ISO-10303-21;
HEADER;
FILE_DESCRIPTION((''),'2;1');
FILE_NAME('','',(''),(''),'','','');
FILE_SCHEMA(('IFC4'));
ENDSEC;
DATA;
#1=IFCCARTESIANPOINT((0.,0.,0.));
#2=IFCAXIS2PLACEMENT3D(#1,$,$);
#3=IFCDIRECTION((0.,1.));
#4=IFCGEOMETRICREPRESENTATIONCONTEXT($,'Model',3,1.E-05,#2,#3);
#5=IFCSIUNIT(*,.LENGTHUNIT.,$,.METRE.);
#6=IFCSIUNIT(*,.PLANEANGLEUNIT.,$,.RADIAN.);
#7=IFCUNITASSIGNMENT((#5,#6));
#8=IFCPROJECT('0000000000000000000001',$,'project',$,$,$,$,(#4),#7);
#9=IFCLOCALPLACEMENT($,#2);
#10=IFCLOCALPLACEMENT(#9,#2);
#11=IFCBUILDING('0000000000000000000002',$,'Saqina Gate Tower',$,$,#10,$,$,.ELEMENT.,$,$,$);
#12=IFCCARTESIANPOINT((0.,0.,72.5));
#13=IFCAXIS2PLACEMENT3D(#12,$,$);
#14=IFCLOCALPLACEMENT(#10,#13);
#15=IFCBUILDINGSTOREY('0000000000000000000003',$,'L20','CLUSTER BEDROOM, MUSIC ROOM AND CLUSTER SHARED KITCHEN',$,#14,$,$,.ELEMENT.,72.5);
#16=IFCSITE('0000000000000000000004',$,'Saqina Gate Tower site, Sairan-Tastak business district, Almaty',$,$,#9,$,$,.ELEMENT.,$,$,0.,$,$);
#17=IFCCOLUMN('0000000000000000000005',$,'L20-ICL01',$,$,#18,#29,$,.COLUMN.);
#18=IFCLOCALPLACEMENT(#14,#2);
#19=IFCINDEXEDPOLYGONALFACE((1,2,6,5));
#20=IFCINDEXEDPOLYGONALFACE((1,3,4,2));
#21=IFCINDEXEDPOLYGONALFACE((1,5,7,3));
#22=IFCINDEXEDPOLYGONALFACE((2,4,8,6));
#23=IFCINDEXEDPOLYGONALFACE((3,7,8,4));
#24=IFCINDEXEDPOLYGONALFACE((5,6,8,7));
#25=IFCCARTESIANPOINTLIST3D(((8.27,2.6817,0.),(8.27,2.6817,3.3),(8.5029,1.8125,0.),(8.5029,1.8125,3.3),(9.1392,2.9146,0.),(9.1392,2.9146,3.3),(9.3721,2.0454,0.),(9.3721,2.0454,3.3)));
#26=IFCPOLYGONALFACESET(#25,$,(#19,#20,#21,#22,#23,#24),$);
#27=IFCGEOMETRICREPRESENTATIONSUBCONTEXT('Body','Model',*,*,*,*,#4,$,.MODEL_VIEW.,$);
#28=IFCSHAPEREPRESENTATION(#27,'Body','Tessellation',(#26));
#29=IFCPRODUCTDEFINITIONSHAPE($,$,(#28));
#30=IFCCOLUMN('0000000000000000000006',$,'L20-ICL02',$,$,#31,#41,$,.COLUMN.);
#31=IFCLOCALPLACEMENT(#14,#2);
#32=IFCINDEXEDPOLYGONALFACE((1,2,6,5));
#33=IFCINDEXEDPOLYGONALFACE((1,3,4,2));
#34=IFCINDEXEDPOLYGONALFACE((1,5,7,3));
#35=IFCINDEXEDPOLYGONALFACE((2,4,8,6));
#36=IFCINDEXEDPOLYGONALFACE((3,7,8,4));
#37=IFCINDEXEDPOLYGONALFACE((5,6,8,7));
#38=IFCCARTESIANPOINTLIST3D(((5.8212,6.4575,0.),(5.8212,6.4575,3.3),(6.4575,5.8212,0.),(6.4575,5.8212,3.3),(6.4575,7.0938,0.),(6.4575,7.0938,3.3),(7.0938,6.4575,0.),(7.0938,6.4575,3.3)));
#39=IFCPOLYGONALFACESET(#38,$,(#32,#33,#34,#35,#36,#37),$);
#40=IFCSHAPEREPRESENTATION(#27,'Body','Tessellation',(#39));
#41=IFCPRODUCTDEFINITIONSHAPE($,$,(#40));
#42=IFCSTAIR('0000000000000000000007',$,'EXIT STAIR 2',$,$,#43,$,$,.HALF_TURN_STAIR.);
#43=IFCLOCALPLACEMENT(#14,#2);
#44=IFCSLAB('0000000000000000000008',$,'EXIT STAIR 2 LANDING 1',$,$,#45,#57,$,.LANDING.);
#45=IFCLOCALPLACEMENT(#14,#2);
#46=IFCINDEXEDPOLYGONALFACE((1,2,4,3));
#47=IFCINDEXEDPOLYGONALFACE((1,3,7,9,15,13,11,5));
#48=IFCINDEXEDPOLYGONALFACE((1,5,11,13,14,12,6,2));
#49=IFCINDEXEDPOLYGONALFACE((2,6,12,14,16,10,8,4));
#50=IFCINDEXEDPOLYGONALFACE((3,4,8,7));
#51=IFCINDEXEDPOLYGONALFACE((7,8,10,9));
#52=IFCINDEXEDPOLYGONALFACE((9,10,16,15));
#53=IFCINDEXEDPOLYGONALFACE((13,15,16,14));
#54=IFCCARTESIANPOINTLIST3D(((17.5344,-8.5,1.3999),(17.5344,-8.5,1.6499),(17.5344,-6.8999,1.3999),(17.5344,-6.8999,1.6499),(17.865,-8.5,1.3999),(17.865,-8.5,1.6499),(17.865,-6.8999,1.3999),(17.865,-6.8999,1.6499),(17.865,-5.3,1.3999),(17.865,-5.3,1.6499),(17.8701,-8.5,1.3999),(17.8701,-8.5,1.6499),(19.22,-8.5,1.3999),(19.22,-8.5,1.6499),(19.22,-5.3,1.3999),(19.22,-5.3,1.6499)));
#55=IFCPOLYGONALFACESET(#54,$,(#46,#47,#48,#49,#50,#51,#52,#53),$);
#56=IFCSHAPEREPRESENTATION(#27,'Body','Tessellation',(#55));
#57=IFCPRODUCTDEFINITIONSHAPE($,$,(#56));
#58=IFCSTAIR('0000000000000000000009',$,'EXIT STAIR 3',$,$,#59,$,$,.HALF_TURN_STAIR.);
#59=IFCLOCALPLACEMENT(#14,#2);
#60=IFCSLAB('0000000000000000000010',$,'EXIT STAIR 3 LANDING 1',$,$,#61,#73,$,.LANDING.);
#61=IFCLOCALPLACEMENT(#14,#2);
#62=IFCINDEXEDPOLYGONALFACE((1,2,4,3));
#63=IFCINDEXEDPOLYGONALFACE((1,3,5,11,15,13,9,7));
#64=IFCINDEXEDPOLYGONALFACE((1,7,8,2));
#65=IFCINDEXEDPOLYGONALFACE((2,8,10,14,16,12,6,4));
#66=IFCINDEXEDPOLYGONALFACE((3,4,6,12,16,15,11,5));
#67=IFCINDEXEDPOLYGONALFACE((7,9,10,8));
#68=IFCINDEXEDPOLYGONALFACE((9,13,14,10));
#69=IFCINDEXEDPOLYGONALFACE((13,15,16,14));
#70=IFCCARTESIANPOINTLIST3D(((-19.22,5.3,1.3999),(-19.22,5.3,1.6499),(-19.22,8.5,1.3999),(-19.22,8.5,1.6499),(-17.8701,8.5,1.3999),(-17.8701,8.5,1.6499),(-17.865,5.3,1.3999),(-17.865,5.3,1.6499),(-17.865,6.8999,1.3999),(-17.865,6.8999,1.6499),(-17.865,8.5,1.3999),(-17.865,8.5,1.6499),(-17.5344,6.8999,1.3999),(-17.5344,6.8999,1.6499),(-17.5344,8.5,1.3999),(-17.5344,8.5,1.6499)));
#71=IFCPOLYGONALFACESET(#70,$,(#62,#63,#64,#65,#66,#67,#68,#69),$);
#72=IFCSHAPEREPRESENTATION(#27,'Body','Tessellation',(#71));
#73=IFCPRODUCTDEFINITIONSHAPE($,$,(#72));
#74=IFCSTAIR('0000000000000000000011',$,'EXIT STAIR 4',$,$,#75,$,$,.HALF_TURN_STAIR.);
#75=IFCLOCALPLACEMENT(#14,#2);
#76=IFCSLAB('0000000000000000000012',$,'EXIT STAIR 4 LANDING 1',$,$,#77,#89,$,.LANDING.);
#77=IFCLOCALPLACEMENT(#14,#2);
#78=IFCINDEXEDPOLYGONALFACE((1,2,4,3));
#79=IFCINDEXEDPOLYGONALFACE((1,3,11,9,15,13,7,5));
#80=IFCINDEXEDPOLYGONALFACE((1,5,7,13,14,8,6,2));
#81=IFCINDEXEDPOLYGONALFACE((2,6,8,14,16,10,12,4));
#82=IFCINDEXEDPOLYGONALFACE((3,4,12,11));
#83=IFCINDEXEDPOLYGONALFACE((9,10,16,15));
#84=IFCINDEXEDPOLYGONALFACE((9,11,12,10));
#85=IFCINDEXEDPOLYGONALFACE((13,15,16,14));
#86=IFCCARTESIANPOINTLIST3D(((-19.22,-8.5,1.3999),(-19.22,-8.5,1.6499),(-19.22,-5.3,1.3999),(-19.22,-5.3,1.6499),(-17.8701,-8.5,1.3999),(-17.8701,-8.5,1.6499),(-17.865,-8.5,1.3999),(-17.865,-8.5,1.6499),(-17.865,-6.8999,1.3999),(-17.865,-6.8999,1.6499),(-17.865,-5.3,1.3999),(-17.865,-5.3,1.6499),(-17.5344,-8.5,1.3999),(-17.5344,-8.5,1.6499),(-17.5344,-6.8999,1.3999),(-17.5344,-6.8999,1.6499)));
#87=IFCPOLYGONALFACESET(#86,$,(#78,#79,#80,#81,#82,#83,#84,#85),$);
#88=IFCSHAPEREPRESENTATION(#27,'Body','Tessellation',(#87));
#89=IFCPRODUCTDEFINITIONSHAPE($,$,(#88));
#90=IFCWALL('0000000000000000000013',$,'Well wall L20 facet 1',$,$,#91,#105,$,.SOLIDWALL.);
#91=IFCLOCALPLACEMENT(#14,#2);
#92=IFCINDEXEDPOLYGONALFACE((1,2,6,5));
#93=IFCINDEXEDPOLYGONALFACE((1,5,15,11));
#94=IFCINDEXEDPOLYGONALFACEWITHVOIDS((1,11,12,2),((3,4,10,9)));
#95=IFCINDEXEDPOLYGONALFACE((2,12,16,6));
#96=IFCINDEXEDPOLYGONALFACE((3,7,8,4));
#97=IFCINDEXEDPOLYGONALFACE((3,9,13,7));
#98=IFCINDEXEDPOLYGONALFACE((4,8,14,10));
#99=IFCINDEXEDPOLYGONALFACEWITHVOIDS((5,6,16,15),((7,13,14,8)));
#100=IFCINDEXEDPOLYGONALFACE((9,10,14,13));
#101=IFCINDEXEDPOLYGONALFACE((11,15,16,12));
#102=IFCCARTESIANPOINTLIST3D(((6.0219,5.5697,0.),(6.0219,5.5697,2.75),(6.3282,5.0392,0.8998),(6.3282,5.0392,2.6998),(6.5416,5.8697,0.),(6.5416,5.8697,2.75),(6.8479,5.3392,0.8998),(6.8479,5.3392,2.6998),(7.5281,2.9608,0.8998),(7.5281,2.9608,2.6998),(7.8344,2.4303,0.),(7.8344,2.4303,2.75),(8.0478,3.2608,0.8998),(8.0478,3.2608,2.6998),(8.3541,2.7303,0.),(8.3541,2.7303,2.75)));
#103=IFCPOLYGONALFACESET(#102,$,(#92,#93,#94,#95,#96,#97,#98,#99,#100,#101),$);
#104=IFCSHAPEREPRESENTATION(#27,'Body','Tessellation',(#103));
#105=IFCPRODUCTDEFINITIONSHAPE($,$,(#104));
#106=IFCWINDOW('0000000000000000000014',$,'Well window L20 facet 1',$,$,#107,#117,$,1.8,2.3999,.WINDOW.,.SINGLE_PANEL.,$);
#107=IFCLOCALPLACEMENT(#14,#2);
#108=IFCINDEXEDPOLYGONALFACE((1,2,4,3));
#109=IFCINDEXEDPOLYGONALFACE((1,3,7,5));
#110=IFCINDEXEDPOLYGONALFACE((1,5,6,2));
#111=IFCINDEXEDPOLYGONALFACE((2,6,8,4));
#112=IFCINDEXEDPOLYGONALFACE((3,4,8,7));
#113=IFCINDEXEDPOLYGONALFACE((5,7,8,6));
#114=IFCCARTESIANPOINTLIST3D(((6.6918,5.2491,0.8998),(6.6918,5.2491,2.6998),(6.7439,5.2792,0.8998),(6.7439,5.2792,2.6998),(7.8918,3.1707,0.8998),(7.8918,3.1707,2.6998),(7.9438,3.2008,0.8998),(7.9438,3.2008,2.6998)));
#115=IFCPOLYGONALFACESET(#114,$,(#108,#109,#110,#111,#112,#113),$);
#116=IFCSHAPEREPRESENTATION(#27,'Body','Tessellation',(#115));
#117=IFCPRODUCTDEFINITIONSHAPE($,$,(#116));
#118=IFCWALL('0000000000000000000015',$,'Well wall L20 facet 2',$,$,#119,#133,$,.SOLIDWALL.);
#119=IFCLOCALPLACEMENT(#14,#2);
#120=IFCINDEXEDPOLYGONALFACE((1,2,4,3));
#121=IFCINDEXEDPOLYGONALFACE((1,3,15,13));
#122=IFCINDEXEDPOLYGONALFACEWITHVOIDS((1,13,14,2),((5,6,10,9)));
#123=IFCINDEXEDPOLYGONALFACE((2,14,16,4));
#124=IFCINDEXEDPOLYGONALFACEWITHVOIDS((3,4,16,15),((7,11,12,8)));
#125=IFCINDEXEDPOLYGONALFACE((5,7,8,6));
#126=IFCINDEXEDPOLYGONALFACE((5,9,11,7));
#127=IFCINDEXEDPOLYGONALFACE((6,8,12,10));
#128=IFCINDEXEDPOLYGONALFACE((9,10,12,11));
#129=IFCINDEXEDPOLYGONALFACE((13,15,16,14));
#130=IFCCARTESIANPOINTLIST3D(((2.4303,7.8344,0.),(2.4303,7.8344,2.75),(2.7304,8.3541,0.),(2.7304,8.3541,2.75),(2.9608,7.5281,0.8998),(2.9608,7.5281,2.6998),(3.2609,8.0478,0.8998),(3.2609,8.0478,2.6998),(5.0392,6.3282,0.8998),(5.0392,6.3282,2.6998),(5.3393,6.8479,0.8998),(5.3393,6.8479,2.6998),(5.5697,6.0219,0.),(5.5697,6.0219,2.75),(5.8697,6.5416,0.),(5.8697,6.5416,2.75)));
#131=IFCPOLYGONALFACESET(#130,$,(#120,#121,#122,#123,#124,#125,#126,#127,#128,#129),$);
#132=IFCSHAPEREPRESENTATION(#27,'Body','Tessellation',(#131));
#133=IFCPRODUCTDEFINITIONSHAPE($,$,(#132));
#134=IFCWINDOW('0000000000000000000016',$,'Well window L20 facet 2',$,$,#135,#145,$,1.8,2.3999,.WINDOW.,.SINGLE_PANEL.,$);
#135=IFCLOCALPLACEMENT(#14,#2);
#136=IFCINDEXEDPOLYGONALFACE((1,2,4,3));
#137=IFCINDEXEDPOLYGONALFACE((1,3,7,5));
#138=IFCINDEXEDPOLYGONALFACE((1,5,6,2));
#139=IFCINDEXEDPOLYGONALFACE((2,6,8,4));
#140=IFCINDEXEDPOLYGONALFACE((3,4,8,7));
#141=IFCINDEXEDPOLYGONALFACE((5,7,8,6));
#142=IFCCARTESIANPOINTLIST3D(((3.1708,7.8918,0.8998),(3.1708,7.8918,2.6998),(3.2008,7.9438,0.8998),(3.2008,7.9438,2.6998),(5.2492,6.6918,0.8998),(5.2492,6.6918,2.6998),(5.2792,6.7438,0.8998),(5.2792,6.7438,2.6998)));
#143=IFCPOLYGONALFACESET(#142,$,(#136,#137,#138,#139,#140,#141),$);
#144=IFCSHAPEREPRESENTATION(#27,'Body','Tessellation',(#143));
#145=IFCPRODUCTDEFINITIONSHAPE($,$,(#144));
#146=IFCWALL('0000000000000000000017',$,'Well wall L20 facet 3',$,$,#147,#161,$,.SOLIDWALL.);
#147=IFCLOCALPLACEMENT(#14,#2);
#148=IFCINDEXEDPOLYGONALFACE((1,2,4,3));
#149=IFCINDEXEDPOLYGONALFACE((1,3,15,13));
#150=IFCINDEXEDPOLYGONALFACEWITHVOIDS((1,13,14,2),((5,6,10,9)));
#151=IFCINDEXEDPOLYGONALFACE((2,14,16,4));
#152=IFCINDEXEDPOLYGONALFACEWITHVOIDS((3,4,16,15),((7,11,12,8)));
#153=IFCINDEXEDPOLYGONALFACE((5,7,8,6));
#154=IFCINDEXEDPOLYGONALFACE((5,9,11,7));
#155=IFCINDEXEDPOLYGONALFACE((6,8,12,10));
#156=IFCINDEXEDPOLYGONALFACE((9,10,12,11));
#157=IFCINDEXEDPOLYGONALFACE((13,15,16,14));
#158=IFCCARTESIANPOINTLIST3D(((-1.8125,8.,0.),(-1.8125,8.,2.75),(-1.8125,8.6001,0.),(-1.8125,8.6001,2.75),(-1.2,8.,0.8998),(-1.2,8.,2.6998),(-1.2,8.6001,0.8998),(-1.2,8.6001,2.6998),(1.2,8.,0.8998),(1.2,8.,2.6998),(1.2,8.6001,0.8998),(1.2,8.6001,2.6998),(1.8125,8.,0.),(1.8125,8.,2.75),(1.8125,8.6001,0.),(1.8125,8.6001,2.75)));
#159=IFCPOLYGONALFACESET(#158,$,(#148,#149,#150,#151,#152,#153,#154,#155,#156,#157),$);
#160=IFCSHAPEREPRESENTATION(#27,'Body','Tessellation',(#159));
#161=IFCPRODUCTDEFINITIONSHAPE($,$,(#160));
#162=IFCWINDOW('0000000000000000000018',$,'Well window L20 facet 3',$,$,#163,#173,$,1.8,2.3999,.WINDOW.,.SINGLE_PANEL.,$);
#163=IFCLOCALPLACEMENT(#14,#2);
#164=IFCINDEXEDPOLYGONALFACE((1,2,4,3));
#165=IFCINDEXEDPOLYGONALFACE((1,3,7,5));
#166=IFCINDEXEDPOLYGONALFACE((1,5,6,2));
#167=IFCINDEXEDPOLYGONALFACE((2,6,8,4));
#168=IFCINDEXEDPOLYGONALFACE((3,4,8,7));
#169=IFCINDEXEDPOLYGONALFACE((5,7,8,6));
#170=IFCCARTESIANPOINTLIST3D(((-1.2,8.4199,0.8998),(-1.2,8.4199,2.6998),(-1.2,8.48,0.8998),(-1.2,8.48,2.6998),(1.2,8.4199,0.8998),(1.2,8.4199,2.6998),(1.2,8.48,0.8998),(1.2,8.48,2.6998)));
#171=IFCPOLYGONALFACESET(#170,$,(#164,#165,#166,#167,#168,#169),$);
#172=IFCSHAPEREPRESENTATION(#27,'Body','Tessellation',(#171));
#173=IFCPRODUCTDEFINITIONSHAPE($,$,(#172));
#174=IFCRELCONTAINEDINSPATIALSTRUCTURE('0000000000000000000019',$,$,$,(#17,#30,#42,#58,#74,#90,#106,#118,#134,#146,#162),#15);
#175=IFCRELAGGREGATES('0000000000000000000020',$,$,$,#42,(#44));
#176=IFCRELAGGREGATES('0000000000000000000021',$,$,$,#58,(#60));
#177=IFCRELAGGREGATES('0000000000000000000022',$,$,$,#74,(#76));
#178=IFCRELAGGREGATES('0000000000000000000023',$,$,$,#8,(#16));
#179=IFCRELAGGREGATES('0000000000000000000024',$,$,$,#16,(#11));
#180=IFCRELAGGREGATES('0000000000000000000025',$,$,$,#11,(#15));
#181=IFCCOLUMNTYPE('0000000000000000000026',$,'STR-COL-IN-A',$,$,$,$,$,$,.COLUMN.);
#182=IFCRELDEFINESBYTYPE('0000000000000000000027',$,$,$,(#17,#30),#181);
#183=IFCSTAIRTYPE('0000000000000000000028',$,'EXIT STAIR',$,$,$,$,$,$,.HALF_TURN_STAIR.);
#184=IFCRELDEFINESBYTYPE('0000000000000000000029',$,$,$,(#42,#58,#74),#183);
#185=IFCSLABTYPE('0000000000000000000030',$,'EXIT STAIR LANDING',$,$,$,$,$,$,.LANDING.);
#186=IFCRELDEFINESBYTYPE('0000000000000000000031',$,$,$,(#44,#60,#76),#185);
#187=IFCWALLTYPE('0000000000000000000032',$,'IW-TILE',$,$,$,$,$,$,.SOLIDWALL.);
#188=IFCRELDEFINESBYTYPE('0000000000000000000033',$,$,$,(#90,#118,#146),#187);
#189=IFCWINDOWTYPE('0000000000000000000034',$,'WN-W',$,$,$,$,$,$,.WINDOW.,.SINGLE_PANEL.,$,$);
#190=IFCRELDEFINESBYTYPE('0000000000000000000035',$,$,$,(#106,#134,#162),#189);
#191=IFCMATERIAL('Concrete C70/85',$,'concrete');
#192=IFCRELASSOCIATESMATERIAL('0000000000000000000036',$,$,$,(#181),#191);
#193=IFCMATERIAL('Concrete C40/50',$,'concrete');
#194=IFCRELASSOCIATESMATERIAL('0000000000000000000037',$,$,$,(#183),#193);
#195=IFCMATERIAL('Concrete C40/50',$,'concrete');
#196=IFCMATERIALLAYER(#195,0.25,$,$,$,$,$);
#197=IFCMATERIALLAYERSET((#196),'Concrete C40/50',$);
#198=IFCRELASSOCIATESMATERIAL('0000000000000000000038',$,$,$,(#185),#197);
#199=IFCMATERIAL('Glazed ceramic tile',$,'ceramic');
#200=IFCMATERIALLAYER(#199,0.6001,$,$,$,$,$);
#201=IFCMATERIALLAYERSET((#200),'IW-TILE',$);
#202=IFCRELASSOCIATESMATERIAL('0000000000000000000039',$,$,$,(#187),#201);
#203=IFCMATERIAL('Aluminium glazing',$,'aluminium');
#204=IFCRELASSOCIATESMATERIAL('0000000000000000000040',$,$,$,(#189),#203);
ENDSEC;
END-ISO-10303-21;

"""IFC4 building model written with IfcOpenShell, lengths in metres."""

from ifc_helpers import new_model, si_unit, direction, frame, frame_2d, origin, origin_2d, place, context, subcontext, project, spatial, polyline, rectangle, outline, extrude, material, layer, layer_set, material_profile, profile_set, type_object, element, fill, aggregate, save


model = new_model("IFC4")

# Units and contexts
model_context = context("Model", 3, precision=1e-05, world=origin(), true_north=direction((0.0, 1.0)))
body_context = subcontext(model_context, "Body", "Model", "MODEL_VIEW")
ifc_project = project(units=[si_unit("LENGTHUNIT", "METRE"), si_unit("PLANEANGLEUNIT", "RADIAN")], contexts=[model_context])

# Site, building, storey
site_placement = place(None, origin())
site = spatial("IfcSite", under=ifc_project, at=site_placement, Name="Saqina Gate Tower site, Sairan-Tastak business district, Almaty", CompositionType="ELEMENT", RefElevation=0.0)
building_placement = place(site_placement, origin())
building = spatial("IfcBuilding", under=site, at=building_placement, Name="Saqina Gate Tower", CompositionType="ELEMENT")
storey_placement = place(building_placement, frame((0.0, 0.0, 72.5)))
storey = spatial("IfcBuildingStorey", under=building, at=storey_placement, Name="L20", Description="CLUSTER BEDROOM, MUSIC ROOM AND CLUSTER SHARED KITCHEN", CompositionType="ELEMENT", Elevation=72.5)

# Columns
ifc_material_1 = material(Name="Concrete C70/85", Category="concrete")
ifc_material_profile = material_profile(ifc_material_1, rectangle(XDim=0.8999, YDim=0.8999, at=origin_2d()), Name="RC 900x900")
ifc_profile_set = profile_set([ifc_material_profile], Name="Concrete C70/85")
column_type = type_object("IfcColumnType", Name="STR-COL-IN-A", PredefinedType="COLUMN", material=ifc_profile_set)
for number, where, z_axis, x_axis, name in (
    (1, (8.821, 2.3635, 0.0), (0.0, 0.0, 1.0), (0.965926, 0.258819, 0.0), "L20-ICL01"),
    (2, (6.4575, 6.4575, 0.0), (0.0, 0.0, 1.0), (0.707107, 0.707107, 0.0), "L20-ICL02"),
):
    element("IfcColumn", number, at=place(storey_placement, frame(where, z_axis=z_axis, x_axis=x_axis)), inside=storey, type_object=column_type, Name=name, PredefinedType="COLUMN", context=body_context, shape_type="SweptSolid", body=[
        extrude(rectangle(XDim=0.8999, YDim=0.8999, at=origin_2d()), origin(), (0.0, 0.0, 1.0), 3.3),
    ])

# Stairs, slabs
ifc_material_2 = material(Name="Concrete C40/50", Category="concrete")
stair_type = type_object("IfcStairType", Name="EXIT STAIR", PredefinedType="HALF_TURN_STAIR", material=ifc_material_2)
stair_1_placement = place(storey_placement, origin())
stair_1 = element("IfcStair", 3, at=stair_1_placement, inside=storey, type_object=stair_type, Name="EXIT STAIR 2", PredefinedType="HALF_TURN_STAIR")
ifc_material_3 = material(Name="Concrete C40/50", Category="concrete")
ifc_layer_1 = layer(ifc_material_3, 0.25)
ifc_layer_set_1 = layer_set([ifc_layer_1], Name="Concrete C40/50")
slab_type = type_object("IfcSlabType", Name="EXIT STAIR LANDING", PredefinedType="LANDING", material=ifc_layer_set_1)
slab_1_placement = place(storey_placement, frame((0.0, 0.0, 1.3999)))
slab_1 = element("IfcSlab", 4, at=slab_1_placement, type_object=slab_type, Name="EXIT STAIR 2 LANDING 1", PredefinedType="LANDING", context=body_context, shape_type="SweptSolid", body=[
    extrude(outline(polyline([(17.5344, -8.5), (17.5344, -6.8999), (17.865, -6.8999), (17.865, -5.3), (19.22, -5.3), (19.22, -8.5), (17.8701, -8.5), (17.865, -8.5), (17.5344, -8.5)])), origin(), (0.0, 0.0, 1.0), 0.25),
])
aggregate(stair_1, [slab_1])
stair_2_placement = place(storey_placement, origin())
stair_2 = element("IfcStair", 5, at=stair_2_placement, inside=storey, type_object=stair_type, Name="EXIT STAIR 3", PredefinedType="HALF_TURN_STAIR")
slab_2_placement = place(storey_placement, frame((0.0, 0.0, 1.3999)))
slab_2 = element("IfcSlab", 6, at=slab_2_placement, type_object=slab_type, Name="EXIT STAIR 3 LANDING 1", PredefinedType="LANDING", context=body_context, shape_type="SweptSolid", body=[
    extrude(outline(polyline([(-17.865, 5.3), (-19.22, 5.3), (-19.22, 8.5), (-17.8701, 8.5), (-17.865, 8.5), (-17.5344, 8.5), (-17.5344, 6.8999), (-17.865, 6.8999), (-17.865, 5.3)])), origin(), (0.0, 0.0, 1.0), 0.25),
])
aggregate(stair_2, [slab_2])
stair_3_placement = place(storey_placement, origin())
stair_3 = element("IfcStair", 7, at=stair_3_placement, inside=storey, type_object=stair_type, Name="EXIT STAIR 4", PredefinedType="HALF_TURN_STAIR")
slab_3_placement = place(storey_placement, frame((0.0, 0.0, 1.3999)))
slab_3 = element("IfcSlab", 8, at=slab_3_placement, type_object=slab_type, Name="EXIT STAIR 4 LANDING 1", PredefinedType="LANDING", context=body_context, shape_type="SweptSolid", body=[
    extrude(outline(polyline([(-17.5344, -6.8999), (-17.5344, -8.5), (-17.865, -8.5), (-17.8701, -8.5), (-19.22, -8.5), (-19.22, -5.3), (-17.865, -5.3), (-17.865, -6.8999), (-17.5344, -6.8999)])), origin(), (0.0, 0.0, 1.0), 0.25),
])
aggregate(stair_3, [slab_3])

# Walls, openings, windows
ifc_material_4 = material(Name="Glazed ceramic tile", Category="ceramic")
ifc_layer_2 = layer(ifc_material_4, 0.6001)
ifc_layer_set_2 = layer_set([ifc_layer_2], Name="IW-TILE")
wall_type_1 = type_object("IfcWallType", Name="IW-TILE", PredefinedType="SOLIDWALL", material=ifc_layer_set_2)
wall_1_placement = place(storey_placement, frame((8.0942, 2.5803, 0.0), z_axis=(0.0, 0.0, 1.0), x_axis=(-0.499993, 0.86603, 0.0)))
wall_1 = element("IfcWall", 9, at=wall_1_placement, inside=storey, type_object=wall_type_1, Name="Well wall L20 facet 1", PredefinedType="SOLIDWALL", context=body_context, shape_type="SweptSolid", body=[
    extrude(rectangle(XDim=3.625, YDim=0.6001, at=frame_2d((1.8125, 0.0))), origin(), (0.0, 0.0, 1.0), 2.75),
])
opening_1_placement = place(wall_1_placement, frame((0.6125, 0.0, 0.8999)))
opening_1 = element("IfcOpeningElement", 10, at=opening_1_placement, cuts=wall_1, PredefinedType="OPENING", context=body_context, shape_type="SweptSolid", body=[
    extrude(rectangle(XDim=2.3999, YDim=1.8, at=frame_2d((1.2, 0.8999))), frame((0.0, 0.312, 0.0), z_axis=(0.0, -1.0, 0.0), x_axis=(1.0, 0.0, 0.0)), (0.0, 0.0, 1.0), 0.624),
])
ifc_material_5 = material(Name="Aluminium glazing", Category="aluminium")
window_type = type_object("IfcWindowType", Name="WN-W", PartitioningType="SINGLE_PANEL", PredefinedType="WINDOW", material=ifc_material_5)
window_1_placement = place(opening_1_placement, origin())
window_1 = element("IfcWindow", 11, at=window_1_placement, inside=storey, type_object=window_type, Name="Well window L20 facet 1", OverallHeight=1.8, OverallWidth=2.3999, PartitioningType="SINGLE_PANEL", PredefinedType="WINDOW", context=body_context, shape_type="SweptSolid", body=[
    extrude(rectangle(XDim=2.3999, YDim=1.8, at=frame_2d((1.2, 0.8999))), frame((0.0, -0.1199, 0.0), z_axis=(0.0, -1.0, 0.0), x_axis=(1.0, 0.0, 0.0)), (0.0, 0.0, 1.0), 0.0601),
])
fill(opening_1, window_1)
wall_2_placement = place(storey_placement, frame((5.7197, 6.2817, 0.0), z_axis=(0.0, 0.0, 1.0), x_axis=(-0.86603, 0.499993, 0.0)))
wall_2 = element("IfcWall", 12, at=wall_2_placement, inside=storey, type_object=wall_type_1, Name="Well wall L20 facet 2", PredefinedType="SOLIDWALL", context=body_context, shape_type="SweptSolid", body=[
    extrude(rectangle(XDim=3.625, YDim=0.6001, at=frame_2d((1.8125, 0.0))), origin(), (0.0, 0.0, 1.0), 2.75),
])
opening_2_placement = place(wall_2_placement, frame((0.6125, 0.0, 0.8999)))
opening_2 = element("IfcOpeningElement", 13, at=opening_2_placement, cuts=wall_2, PredefinedType="OPENING", context=body_context, shape_type="SweptSolid", body=[
    extrude(rectangle(XDim=2.3999, YDim=1.8, at=frame_2d((1.2, 0.8999))), frame((0.0, 0.312, 0.0), z_axis=(0.0, -1.0, 0.0), x_axis=(1.0, 0.0, 0.0)), (0.0, 0.0, 1.0), 0.624),
])
window_2_placement = place(opening_2_placement, origin())
window_2 = element("IfcWindow", 14, at=window_2_placement, inside=storey, type_object=window_type, Name="Well window L20 facet 2", OverallHeight=1.8, OverallWidth=2.3999, PartitioningType="SINGLE_PANEL", PredefinedType="WINDOW", context=body_context, shape_type="SweptSolid", body=[
    extrude(rectangle(XDim=2.3999, YDim=1.8, at=frame_2d((1.2, 0.8999))), frame((0.0, -0.1199, 0.0), z_axis=(0.0, -1.0, 0.0), x_axis=(1.0, 0.0, 0.0)), (0.0, 0.0, 1.0), 0.0601),
])
fill(opening_2, window_2)
wall_3_placement = place(storey_placement, frame((1.8125, 8.3, 0.0), z_axis=(0.0, 0.0, 1.0), x_axis=(-1.0, 0.0, 0.0)))
wall_3 = element("IfcWall", 15, at=wall_3_placement, inside=storey, type_object=wall_type_1, Name="Well wall L20 facet 3", PredefinedType="SOLIDWALL", context=body_context, shape_type="SweptSolid", body=[
    extrude(rectangle(XDim=3.625, YDim=0.6001, at=frame_2d((1.8125, 0.0))), origin(), (0.0, 0.0, 1.0), 2.75),
])
opening_3_placement = place(wall_3_placement, frame((0.6125, 0.0, 0.8999)))
opening_3 = element("IfcOpeningElement", 16, at=opening_3_placement, cuts=wall_3, PredefinedType="OPENING", context=body_context, shape_type="SweptSolid", body=[
    extrude(rectangle(XDim=2.3999, YDim=1.8, at=frame_2d((1.2, 0.8999))), frame((0.0, 0.312, 0.0), z_axis=(0.0, -1.0, 0.0), x_axis=(1.0, 0.0, 0.0)), (0.0, 0.0, 1.0), 0.624),
])
window_3_placement = place(opening_3_placement, origin())
window_3 = element("IfcWindow", 17, at=window_3_placement, inside=storey, type_object=window_type, Name="Well window L20 facet 3", OverallHeight=1.8, OverallWidth=2.3999, PartitioningType="SINGLE_PANEL", PredefinedType="WINDOW", context=body_context, shape_type="SweptSolid", body=[
    extrude(rectangle(XDim=2.3999, YDim=1.8, at=frame_2d((1.2, 0.8999))), frame((0.0, -0.1199, 0.0), z_axis=(0.0, -1.0, 0.0), x_axis=(1.0, 0.0, 0.0)), (0.0, 0.0, 1.0), 0.0601),
])
fill(opening_3, window_3)

save(model, "model.ifc")
